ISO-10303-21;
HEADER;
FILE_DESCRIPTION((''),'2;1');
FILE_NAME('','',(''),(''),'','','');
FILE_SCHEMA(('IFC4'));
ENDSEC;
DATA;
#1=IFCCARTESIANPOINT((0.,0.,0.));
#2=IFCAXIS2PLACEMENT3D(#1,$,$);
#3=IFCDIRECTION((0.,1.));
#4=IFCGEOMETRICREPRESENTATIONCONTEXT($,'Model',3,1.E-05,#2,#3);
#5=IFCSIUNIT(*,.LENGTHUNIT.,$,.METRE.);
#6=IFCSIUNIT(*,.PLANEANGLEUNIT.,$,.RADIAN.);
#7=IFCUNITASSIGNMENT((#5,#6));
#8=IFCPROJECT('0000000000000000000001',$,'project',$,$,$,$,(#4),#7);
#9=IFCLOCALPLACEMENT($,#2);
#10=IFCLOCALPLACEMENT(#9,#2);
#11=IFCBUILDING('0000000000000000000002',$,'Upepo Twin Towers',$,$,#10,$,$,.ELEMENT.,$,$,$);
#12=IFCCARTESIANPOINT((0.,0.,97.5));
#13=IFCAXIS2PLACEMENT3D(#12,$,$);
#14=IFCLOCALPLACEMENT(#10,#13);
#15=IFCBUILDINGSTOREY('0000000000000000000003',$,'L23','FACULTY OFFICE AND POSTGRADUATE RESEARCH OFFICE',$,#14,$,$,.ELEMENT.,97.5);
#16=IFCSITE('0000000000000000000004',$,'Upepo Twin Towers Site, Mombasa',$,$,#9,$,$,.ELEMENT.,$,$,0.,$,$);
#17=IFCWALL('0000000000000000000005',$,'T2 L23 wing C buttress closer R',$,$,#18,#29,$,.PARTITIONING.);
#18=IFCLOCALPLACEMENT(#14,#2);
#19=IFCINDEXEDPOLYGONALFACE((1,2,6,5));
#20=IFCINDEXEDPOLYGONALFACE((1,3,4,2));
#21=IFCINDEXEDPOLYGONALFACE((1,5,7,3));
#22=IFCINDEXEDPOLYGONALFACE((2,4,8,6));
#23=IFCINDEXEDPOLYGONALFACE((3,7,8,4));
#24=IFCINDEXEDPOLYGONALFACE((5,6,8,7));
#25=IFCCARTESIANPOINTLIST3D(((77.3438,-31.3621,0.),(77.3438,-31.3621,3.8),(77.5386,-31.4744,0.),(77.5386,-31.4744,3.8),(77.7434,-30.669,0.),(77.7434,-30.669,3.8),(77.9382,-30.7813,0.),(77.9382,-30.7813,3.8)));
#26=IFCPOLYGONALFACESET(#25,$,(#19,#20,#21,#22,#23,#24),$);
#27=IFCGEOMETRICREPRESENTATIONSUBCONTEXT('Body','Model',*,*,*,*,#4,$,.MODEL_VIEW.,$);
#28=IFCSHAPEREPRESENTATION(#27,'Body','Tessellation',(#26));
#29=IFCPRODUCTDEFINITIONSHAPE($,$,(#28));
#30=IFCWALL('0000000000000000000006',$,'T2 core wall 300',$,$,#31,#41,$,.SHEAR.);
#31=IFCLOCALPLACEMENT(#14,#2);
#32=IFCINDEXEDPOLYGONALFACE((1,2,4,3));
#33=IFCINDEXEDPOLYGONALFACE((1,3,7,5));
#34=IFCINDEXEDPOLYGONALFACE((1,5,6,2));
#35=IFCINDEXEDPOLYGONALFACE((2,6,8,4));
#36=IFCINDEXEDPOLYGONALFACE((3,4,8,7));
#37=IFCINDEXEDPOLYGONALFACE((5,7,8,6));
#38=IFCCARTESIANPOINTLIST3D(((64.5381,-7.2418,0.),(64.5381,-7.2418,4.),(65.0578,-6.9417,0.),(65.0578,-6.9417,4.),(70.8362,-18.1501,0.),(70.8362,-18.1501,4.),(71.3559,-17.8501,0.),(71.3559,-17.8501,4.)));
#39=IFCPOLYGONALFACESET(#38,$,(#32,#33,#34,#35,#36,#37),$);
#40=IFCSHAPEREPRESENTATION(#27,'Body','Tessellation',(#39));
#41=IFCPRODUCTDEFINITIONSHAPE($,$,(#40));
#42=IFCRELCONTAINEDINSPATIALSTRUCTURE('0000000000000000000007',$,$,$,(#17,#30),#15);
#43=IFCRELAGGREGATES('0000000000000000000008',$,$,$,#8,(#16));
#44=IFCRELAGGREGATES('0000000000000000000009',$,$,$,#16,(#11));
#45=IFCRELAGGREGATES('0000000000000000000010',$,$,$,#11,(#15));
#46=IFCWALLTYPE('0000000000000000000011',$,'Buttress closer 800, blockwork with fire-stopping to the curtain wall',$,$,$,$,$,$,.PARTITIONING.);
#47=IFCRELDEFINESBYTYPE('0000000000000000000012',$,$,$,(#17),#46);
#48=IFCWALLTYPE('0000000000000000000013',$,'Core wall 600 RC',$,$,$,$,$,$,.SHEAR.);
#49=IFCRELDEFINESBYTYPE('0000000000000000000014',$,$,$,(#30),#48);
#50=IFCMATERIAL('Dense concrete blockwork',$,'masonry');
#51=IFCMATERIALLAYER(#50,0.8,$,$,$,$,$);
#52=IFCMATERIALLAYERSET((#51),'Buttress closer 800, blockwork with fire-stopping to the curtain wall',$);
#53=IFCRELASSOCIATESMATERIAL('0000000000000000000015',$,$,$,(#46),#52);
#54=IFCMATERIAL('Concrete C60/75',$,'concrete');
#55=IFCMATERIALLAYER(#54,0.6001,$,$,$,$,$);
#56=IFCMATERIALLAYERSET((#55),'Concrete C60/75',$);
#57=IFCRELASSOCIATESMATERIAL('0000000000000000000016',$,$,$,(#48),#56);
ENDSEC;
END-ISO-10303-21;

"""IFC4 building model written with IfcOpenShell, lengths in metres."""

from ifc_helpers import new_model, si_unit, direction, frame, frame_2d, origin, place, context, subcontext, project, spatial, rectangle, extrude, material, layer, layer_set, type_object, element, save


model = new_model("IFC4")

# Units and contexts
model_context = context("Model", 3, precision=1e-05, world=origin(), true_north=direction((0.0, 1.0)))
body_context = subcontext(model_context, "Body", "Model", "MODEL_VIEW")
ifc_project = project(units=[si_unit("LENGTHUNIT", "METRE"), si_unit("PLANEANGLEUNIT", "RADIAN")], contexts=[model_context])

# Site, building, storey
site_placement = place(None, origin())
site = spatial("IfcSite", under=ifc_project, at=site_placement, Name="Upepo Twin Towers Site, Mombasa", CompositionType="ELEMENT", RefElevation=0.0)
building_placement = place(site_placement, origin())
building = spatial("IfcBuilding", under=site, at=building_placement, Name="Upepo Twin Towers", CompositionType="ELEMENT")
storey_placement = place(building_placement, frame((0.0, 0.0, 97.5)))
storey = spatial("IfcBuildingStorey", under=building, at=storey_placement, Name="L23", Description="FACULTY OFFICE AND POSTGRADUATE RESEARCH OFFICE", CompositionType="ELEMENT", Elevation=97.5)

# Walls
ifc_material_1 = material(Name="Dense concrete blockwork", Category="masonry")
ifc_layer_1 = layer(ifc_material_1, 0.8)
ifc_layer_set_1 = layer_set([ifc_layer_1], Name="Buttress closer 800, blockwork with fire-stopping to the curtain wall")
wall_type_1 = type_object("IfcWallType", Name="Buttress closer 800, blockwork with fire-stopping to the curtain wall", PredefinedType="PARTITIONING", material=ifc_layer_set_1)
wall_1_placement = place(storey_placement, frame((77.5437, -31.0156, 0.0), z_axis=(0.0, 0.0, 1.0), x_axis=(0.866366, -0.499409, 0.0)))
element("IfcWall", 1, at=wall_1_placement, inside=storey, type_object=wall_type_1, Name="T2 L23 wing C buttress closer R", PredefinedType="PARTITIONING", context=body_context, shape_type="SweptSolid", body=[
    extrude(rectangle(XDim=0.2249, YDim=0.8, at=frame_2d((0.1123, 0.0))), origin(), (0.0, 0.0, 1.0), 3.8),
])
ifc_material_2 = material(Name="Concrete C60/75", Category="concrete")
ifc_layer_2 = layer(ifc_material_2, 0.6001)
ifc_layer_set_2 = layer_set([ifc_layer_2], Name="Concrete C60/75")
wall_type_2 = type_object("IfcWallType", Name="Core wall 600 RC", PredefinedType="SHEAR", material=ifc_layer_set_2)
wall_2_placement = place(storey_placement, frame((71.0959, -18.0, 0.0), z_axis=(0.0, 0.0, 1.0), x_axis=(-0.500006, 0.866022, 0.0)))
element("IfcWall", 2, at=wall_2_placement, inside=storey, type_object=wall_type_2, Name="T2 core wall 300", PredefinedType="SHEAR", context=body_context, shape_type="SweptSolid", body=[
    extrude(rectangle(XDim=12.5959, YDim=0.6001, at=frame_2d((6.2979, 0.0))), origin(), (0.0, 0.0, 1.0), 4.0),
])

save(model, "model.ifc")
